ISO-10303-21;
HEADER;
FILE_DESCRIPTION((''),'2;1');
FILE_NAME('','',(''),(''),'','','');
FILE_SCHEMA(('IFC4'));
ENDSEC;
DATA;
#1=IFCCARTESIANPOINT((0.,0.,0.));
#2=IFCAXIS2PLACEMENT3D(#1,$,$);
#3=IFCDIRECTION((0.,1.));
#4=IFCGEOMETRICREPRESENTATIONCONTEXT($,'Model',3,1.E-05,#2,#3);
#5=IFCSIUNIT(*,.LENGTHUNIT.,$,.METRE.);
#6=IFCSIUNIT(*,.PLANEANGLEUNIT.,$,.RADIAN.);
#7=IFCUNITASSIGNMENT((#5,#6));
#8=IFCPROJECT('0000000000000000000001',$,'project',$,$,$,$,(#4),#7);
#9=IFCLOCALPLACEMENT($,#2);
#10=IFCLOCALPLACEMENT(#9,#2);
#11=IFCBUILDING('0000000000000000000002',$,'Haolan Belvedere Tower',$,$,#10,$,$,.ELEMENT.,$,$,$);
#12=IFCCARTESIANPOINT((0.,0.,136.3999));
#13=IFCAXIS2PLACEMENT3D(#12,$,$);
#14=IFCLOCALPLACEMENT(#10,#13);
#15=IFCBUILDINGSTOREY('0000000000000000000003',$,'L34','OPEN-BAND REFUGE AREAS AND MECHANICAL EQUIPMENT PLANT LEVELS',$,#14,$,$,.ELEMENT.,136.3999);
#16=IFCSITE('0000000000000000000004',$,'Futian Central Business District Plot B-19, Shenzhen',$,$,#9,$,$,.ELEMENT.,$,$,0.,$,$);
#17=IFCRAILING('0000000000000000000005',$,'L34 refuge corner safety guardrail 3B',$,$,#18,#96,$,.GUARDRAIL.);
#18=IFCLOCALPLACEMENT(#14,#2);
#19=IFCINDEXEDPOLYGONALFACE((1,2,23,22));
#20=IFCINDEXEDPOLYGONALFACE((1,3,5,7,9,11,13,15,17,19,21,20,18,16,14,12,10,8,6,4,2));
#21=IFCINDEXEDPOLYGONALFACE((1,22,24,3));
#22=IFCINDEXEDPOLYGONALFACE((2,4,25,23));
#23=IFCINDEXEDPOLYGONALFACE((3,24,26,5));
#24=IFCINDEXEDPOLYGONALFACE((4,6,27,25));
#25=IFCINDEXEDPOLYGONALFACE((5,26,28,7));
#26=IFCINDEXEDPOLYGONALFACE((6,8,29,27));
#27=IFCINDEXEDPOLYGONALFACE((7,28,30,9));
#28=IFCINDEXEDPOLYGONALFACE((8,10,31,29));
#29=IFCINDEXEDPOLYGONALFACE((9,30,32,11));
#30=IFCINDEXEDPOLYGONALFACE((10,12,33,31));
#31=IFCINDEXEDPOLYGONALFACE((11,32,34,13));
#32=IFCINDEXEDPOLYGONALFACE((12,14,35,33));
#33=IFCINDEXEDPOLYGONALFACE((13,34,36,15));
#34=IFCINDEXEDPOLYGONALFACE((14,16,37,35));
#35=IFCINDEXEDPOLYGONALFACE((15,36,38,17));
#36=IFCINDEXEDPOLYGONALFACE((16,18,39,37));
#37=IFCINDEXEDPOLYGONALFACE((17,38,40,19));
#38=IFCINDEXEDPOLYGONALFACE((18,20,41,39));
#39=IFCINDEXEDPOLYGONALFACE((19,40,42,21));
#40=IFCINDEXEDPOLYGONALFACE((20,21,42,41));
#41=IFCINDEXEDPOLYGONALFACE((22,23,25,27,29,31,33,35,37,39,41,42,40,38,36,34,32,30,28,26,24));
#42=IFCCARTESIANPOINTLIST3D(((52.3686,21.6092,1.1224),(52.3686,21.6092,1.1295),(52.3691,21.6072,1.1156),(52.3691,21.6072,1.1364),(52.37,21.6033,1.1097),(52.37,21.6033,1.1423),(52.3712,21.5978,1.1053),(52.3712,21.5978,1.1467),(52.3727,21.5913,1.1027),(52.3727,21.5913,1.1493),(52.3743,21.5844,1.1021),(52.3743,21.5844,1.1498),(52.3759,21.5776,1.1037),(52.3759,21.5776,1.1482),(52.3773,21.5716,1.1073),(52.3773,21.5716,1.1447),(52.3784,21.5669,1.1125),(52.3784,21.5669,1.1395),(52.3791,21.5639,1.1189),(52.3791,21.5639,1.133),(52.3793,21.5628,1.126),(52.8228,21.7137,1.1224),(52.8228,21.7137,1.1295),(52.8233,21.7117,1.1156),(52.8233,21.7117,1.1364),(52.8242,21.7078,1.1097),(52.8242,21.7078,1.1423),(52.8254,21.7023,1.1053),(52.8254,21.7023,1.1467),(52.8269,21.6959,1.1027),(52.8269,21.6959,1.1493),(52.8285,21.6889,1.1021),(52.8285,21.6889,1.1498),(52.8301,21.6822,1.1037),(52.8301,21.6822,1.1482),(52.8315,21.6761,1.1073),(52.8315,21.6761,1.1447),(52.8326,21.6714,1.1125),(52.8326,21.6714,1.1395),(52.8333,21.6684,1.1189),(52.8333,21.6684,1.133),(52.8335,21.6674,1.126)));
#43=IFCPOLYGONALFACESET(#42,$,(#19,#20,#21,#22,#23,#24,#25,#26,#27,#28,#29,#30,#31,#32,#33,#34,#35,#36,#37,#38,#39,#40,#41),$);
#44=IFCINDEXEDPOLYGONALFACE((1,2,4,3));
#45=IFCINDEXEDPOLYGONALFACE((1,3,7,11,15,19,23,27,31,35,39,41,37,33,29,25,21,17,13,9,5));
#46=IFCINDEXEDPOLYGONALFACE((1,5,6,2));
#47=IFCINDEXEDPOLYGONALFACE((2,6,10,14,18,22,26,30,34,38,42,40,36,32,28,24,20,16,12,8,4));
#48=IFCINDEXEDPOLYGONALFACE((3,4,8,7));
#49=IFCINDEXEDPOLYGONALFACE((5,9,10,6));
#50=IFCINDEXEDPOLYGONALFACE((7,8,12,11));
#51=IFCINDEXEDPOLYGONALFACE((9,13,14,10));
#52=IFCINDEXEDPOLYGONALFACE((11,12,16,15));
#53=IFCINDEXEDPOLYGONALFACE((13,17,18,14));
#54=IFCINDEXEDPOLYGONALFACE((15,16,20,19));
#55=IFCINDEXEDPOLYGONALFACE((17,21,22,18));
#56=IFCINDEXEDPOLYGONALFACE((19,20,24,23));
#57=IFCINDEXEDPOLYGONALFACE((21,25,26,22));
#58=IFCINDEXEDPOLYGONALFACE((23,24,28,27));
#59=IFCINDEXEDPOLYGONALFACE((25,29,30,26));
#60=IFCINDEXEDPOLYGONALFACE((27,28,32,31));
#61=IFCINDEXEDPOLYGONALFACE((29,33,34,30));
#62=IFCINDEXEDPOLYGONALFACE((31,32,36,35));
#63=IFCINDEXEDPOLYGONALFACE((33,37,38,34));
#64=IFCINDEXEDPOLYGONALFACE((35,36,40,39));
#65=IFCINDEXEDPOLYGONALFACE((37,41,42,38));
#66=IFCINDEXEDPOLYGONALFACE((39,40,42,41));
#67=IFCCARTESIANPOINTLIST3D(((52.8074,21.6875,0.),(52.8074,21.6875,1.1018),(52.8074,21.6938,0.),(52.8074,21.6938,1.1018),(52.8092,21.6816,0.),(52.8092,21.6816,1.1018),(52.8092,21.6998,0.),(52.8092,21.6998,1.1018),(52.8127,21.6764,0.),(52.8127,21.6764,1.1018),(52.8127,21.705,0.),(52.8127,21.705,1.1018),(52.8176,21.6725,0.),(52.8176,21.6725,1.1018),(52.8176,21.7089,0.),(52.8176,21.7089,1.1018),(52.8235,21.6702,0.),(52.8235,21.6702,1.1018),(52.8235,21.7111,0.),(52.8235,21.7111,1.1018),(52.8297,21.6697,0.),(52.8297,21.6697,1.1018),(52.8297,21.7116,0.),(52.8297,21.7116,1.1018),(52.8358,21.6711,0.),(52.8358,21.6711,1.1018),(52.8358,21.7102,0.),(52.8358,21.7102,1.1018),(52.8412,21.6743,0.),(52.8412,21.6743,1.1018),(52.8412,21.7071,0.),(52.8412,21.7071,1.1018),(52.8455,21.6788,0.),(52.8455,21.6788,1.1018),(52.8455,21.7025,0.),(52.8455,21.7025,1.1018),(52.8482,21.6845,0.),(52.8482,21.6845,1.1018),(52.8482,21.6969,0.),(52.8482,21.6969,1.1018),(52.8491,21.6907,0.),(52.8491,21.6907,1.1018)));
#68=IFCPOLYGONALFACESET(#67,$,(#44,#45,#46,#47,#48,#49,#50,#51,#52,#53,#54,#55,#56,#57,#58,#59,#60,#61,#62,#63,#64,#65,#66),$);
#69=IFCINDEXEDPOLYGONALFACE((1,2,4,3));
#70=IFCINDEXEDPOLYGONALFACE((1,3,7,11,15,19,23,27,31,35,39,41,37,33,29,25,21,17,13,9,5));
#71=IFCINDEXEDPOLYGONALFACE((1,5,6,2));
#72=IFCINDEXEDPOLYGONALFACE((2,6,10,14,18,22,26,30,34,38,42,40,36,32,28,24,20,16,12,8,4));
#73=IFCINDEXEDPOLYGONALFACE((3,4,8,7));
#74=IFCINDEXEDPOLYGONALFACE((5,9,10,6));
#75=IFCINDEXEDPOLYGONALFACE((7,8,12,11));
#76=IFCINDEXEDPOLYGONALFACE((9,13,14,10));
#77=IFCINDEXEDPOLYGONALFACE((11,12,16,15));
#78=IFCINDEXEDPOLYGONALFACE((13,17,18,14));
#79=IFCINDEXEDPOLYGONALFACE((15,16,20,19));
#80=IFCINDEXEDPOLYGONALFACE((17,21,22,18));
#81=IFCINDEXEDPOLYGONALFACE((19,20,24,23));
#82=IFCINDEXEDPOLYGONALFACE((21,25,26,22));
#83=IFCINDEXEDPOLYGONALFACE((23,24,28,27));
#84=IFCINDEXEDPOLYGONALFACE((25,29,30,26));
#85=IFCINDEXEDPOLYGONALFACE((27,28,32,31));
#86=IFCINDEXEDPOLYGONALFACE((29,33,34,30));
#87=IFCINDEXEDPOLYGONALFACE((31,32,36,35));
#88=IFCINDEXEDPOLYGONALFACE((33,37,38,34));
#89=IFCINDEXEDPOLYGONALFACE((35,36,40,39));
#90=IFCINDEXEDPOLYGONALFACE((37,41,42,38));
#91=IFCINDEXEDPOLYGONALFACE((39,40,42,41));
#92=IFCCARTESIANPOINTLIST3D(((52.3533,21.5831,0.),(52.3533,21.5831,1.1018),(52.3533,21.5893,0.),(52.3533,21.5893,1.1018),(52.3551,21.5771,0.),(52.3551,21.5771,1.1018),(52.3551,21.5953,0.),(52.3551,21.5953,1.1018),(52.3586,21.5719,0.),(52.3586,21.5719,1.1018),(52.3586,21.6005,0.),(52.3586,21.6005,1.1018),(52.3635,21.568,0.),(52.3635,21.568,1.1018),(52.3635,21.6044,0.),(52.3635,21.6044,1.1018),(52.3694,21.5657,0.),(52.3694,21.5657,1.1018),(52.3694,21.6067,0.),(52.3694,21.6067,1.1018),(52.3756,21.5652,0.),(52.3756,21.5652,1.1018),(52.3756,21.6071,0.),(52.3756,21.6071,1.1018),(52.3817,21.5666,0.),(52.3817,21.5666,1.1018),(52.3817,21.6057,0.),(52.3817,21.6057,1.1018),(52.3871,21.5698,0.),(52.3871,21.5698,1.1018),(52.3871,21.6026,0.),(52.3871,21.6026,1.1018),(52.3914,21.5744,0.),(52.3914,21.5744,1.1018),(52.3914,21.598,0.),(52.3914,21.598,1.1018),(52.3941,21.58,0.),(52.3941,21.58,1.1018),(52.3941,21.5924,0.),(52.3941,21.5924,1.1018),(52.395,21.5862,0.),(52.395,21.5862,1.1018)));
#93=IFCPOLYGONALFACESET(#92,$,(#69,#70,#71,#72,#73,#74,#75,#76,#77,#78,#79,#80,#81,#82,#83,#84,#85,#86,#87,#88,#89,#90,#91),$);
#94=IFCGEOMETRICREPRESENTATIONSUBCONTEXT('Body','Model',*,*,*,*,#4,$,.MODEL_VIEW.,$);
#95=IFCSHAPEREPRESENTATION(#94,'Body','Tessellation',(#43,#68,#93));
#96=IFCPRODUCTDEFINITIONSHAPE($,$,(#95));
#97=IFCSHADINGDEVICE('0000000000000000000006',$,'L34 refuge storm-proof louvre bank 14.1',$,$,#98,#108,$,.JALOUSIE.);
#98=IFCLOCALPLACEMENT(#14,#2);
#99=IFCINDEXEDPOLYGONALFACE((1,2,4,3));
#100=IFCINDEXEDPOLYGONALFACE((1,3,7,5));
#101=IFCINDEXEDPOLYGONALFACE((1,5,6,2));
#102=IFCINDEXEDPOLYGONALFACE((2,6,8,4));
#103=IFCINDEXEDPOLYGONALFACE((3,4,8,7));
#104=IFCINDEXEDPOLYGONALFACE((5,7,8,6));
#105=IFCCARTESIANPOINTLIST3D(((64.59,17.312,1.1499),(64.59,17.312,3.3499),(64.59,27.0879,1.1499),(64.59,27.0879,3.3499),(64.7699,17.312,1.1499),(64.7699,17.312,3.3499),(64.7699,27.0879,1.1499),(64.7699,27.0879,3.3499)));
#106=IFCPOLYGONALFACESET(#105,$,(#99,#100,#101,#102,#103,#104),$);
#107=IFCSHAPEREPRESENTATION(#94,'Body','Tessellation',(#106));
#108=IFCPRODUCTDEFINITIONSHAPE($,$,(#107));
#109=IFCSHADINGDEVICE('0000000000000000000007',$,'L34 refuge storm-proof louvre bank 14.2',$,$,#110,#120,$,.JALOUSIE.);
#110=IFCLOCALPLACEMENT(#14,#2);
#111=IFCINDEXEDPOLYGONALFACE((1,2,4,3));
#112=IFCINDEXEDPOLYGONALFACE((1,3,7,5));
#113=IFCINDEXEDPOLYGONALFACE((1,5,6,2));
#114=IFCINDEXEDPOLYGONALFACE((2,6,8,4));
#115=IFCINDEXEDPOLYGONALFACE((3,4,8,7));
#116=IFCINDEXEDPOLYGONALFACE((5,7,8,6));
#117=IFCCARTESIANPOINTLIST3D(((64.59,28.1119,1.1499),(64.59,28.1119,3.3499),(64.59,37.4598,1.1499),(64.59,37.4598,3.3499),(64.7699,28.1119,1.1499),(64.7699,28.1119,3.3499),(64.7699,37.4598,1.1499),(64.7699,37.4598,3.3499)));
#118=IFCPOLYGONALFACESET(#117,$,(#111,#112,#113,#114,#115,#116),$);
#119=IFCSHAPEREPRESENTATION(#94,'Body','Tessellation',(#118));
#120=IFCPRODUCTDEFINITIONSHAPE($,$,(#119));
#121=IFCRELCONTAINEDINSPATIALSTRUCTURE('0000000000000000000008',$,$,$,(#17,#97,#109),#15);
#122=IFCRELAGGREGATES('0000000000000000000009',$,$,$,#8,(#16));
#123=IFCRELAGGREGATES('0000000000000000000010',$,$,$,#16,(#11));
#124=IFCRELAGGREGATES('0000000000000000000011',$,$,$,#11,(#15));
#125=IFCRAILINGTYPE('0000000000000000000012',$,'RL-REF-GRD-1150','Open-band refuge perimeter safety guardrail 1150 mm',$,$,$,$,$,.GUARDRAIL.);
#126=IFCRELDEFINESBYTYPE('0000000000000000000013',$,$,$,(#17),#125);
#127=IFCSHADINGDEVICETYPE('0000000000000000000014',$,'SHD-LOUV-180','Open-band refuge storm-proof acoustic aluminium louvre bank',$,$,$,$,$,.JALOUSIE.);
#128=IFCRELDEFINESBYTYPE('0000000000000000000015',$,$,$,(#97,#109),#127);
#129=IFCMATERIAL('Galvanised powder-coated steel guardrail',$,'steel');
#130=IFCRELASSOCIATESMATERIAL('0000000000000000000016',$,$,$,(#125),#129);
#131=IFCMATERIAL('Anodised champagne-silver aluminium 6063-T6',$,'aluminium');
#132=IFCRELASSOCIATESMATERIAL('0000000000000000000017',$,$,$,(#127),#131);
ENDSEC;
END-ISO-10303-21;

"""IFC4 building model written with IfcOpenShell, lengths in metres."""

from ifc_helpers import new_model, si_unit, direction, frame, origin, origin_2d, place, context, subcontext, project, spatial, rectangle, circle, extrude, material, type_object, element, save


model = new_model("IFC4")

# Units and contexts
model_context = context("Model", 3, precision=1e-05, world=origin(), true_north=direction((0.0, 1.0)))
body_context = subcontext(model_context, "Body", "Model", "MODEL_VIEW")
ifc_project = project(units=[si_unit("LENGTHUNIT", "METRE"), si_unit("PLANEANGLEUNIT", "RADIAN")], contexts=[model_context])

# Site, building, storey
site_placement = place(None, origin())
site = spatial("IfcSite", under=ifc_project, at=site_placement, Name="Futian Central Business District Plot B-19, Shenzhen", CompositionType="ELEMENT", RefElevation=0.0)
building_placement = place(site_placement, origin())
building = spatial("IfcBuilding", under=site, at=building_placement, Name="Haolan Belvedere Tower", CompositionType="ELEMENT")
storey_placement = place(building_placement, frame((0.0, 0.0, 136.3999)))
storey = spatial("IfcBuildingStorey", under=building, at=storey_placement, Name="L34", Description="OPEN-BAND REFUGE AREAS AND MECHANICAL EQUIPMENT PLANT LEVELS", CompositionType="ELEMENT", Elevation=136.3999)

# Railing
ifc_material_1 = material(Name="Galvanised powder-coated steel guardrail", Category="steel")
railing_type = type_object("IfcRailingType", Name="RL-REF-GRD-1150", Description="Open-band refuge perimeter safety guardrail 1150 mm", PredefinedType="GUARDRAIL", material=ifc_material_1)
railing_placement = place(storey_placement, frame((52.8281, 21.6907, 0.0)))
element("IfcRailing", 1, at=railing_placement, inside=storey, type_object=railing_type, Name="L34 refuge corner safety guardrail 3B", PredefinedType="GUARDRAIL", context=body_context, shape_type="SweptSolid", body=[
    extrude(circle(Radius=0.0239, at=origin_2d()), frame((0.0, 0.0, 1.126), z_axis=(-0.974532, -0.224247, 0.0), x_axis=(0.224247, -0.974532, 0.0)), (0.0, 0.0, 1.0), 0.4661),
    extrude(circle(Radius=0.021, at=origin_2d()), origin(), (0.0, 0.0, 1.0), 1.1018),
    extrude(circle(Radius=0.021, at=origin_2d()), frame((-0.4541, -0.1045, 0.0)), (0.0, 0.0, 1.0), 1.1018),
])

# Shading devices
ifc_material_2 = material(Name="Anodised champagne-silver aluminium 6063-T6", Category="aluminium")
shading_device_type = type_object("IfcShadingDeviceType", Name="SHD-LOUV-180", Description="Open-band refuge storm-proof acoustic aluminium louvre bank", PredefinedType="JALOUSIE", material=ifc_material_2)
shading_device_1_placement = place(storey_placement, frame((64.6799, 22.2, 1.1499), z_axis=(0.0, 0.0, 1.0), x_axis=(0.0, 1.0, 0.0)))
element("IfcShadingDevice", 2, at=shading_device_1_placement, inside=storey, type_object=shading_device_type, Name="L34 refuge storm-proof louvre bank 14.1", PredefinedType="JALOUSIE", context=body_context, shape_type="SweptSolid", body=[
    extrude(rectangle(XDim=9.7759, YDim=0.1799, at=origin_2d()), origin(), (0.0, 0.0, 1.0), 2.2),
])
shading_device_2_placement = place(storey_placement, frame((64.6799, 32.7859, 1.1499), z_axis=(0.0, 0.0, 1.0), x_axis=(0.0, 1.0, 0.0)))
element("IfcShadingDevice", 3, at=shading_device_2_placement, inside=storey, type_object=shading_device_type, Name="L34 refuge storm-proof louvre bank 14.2", PredefinedType="JALOUSIE", context=body_context, shape_type="SweptSolid", body=[
    extrude(rectangle(XDim=9.3479, YDim=0.1799, at=origin_2d()), origin(), (0.0, 0.0, 1.0), 2.2),
])

save(model, "model.ifc")
